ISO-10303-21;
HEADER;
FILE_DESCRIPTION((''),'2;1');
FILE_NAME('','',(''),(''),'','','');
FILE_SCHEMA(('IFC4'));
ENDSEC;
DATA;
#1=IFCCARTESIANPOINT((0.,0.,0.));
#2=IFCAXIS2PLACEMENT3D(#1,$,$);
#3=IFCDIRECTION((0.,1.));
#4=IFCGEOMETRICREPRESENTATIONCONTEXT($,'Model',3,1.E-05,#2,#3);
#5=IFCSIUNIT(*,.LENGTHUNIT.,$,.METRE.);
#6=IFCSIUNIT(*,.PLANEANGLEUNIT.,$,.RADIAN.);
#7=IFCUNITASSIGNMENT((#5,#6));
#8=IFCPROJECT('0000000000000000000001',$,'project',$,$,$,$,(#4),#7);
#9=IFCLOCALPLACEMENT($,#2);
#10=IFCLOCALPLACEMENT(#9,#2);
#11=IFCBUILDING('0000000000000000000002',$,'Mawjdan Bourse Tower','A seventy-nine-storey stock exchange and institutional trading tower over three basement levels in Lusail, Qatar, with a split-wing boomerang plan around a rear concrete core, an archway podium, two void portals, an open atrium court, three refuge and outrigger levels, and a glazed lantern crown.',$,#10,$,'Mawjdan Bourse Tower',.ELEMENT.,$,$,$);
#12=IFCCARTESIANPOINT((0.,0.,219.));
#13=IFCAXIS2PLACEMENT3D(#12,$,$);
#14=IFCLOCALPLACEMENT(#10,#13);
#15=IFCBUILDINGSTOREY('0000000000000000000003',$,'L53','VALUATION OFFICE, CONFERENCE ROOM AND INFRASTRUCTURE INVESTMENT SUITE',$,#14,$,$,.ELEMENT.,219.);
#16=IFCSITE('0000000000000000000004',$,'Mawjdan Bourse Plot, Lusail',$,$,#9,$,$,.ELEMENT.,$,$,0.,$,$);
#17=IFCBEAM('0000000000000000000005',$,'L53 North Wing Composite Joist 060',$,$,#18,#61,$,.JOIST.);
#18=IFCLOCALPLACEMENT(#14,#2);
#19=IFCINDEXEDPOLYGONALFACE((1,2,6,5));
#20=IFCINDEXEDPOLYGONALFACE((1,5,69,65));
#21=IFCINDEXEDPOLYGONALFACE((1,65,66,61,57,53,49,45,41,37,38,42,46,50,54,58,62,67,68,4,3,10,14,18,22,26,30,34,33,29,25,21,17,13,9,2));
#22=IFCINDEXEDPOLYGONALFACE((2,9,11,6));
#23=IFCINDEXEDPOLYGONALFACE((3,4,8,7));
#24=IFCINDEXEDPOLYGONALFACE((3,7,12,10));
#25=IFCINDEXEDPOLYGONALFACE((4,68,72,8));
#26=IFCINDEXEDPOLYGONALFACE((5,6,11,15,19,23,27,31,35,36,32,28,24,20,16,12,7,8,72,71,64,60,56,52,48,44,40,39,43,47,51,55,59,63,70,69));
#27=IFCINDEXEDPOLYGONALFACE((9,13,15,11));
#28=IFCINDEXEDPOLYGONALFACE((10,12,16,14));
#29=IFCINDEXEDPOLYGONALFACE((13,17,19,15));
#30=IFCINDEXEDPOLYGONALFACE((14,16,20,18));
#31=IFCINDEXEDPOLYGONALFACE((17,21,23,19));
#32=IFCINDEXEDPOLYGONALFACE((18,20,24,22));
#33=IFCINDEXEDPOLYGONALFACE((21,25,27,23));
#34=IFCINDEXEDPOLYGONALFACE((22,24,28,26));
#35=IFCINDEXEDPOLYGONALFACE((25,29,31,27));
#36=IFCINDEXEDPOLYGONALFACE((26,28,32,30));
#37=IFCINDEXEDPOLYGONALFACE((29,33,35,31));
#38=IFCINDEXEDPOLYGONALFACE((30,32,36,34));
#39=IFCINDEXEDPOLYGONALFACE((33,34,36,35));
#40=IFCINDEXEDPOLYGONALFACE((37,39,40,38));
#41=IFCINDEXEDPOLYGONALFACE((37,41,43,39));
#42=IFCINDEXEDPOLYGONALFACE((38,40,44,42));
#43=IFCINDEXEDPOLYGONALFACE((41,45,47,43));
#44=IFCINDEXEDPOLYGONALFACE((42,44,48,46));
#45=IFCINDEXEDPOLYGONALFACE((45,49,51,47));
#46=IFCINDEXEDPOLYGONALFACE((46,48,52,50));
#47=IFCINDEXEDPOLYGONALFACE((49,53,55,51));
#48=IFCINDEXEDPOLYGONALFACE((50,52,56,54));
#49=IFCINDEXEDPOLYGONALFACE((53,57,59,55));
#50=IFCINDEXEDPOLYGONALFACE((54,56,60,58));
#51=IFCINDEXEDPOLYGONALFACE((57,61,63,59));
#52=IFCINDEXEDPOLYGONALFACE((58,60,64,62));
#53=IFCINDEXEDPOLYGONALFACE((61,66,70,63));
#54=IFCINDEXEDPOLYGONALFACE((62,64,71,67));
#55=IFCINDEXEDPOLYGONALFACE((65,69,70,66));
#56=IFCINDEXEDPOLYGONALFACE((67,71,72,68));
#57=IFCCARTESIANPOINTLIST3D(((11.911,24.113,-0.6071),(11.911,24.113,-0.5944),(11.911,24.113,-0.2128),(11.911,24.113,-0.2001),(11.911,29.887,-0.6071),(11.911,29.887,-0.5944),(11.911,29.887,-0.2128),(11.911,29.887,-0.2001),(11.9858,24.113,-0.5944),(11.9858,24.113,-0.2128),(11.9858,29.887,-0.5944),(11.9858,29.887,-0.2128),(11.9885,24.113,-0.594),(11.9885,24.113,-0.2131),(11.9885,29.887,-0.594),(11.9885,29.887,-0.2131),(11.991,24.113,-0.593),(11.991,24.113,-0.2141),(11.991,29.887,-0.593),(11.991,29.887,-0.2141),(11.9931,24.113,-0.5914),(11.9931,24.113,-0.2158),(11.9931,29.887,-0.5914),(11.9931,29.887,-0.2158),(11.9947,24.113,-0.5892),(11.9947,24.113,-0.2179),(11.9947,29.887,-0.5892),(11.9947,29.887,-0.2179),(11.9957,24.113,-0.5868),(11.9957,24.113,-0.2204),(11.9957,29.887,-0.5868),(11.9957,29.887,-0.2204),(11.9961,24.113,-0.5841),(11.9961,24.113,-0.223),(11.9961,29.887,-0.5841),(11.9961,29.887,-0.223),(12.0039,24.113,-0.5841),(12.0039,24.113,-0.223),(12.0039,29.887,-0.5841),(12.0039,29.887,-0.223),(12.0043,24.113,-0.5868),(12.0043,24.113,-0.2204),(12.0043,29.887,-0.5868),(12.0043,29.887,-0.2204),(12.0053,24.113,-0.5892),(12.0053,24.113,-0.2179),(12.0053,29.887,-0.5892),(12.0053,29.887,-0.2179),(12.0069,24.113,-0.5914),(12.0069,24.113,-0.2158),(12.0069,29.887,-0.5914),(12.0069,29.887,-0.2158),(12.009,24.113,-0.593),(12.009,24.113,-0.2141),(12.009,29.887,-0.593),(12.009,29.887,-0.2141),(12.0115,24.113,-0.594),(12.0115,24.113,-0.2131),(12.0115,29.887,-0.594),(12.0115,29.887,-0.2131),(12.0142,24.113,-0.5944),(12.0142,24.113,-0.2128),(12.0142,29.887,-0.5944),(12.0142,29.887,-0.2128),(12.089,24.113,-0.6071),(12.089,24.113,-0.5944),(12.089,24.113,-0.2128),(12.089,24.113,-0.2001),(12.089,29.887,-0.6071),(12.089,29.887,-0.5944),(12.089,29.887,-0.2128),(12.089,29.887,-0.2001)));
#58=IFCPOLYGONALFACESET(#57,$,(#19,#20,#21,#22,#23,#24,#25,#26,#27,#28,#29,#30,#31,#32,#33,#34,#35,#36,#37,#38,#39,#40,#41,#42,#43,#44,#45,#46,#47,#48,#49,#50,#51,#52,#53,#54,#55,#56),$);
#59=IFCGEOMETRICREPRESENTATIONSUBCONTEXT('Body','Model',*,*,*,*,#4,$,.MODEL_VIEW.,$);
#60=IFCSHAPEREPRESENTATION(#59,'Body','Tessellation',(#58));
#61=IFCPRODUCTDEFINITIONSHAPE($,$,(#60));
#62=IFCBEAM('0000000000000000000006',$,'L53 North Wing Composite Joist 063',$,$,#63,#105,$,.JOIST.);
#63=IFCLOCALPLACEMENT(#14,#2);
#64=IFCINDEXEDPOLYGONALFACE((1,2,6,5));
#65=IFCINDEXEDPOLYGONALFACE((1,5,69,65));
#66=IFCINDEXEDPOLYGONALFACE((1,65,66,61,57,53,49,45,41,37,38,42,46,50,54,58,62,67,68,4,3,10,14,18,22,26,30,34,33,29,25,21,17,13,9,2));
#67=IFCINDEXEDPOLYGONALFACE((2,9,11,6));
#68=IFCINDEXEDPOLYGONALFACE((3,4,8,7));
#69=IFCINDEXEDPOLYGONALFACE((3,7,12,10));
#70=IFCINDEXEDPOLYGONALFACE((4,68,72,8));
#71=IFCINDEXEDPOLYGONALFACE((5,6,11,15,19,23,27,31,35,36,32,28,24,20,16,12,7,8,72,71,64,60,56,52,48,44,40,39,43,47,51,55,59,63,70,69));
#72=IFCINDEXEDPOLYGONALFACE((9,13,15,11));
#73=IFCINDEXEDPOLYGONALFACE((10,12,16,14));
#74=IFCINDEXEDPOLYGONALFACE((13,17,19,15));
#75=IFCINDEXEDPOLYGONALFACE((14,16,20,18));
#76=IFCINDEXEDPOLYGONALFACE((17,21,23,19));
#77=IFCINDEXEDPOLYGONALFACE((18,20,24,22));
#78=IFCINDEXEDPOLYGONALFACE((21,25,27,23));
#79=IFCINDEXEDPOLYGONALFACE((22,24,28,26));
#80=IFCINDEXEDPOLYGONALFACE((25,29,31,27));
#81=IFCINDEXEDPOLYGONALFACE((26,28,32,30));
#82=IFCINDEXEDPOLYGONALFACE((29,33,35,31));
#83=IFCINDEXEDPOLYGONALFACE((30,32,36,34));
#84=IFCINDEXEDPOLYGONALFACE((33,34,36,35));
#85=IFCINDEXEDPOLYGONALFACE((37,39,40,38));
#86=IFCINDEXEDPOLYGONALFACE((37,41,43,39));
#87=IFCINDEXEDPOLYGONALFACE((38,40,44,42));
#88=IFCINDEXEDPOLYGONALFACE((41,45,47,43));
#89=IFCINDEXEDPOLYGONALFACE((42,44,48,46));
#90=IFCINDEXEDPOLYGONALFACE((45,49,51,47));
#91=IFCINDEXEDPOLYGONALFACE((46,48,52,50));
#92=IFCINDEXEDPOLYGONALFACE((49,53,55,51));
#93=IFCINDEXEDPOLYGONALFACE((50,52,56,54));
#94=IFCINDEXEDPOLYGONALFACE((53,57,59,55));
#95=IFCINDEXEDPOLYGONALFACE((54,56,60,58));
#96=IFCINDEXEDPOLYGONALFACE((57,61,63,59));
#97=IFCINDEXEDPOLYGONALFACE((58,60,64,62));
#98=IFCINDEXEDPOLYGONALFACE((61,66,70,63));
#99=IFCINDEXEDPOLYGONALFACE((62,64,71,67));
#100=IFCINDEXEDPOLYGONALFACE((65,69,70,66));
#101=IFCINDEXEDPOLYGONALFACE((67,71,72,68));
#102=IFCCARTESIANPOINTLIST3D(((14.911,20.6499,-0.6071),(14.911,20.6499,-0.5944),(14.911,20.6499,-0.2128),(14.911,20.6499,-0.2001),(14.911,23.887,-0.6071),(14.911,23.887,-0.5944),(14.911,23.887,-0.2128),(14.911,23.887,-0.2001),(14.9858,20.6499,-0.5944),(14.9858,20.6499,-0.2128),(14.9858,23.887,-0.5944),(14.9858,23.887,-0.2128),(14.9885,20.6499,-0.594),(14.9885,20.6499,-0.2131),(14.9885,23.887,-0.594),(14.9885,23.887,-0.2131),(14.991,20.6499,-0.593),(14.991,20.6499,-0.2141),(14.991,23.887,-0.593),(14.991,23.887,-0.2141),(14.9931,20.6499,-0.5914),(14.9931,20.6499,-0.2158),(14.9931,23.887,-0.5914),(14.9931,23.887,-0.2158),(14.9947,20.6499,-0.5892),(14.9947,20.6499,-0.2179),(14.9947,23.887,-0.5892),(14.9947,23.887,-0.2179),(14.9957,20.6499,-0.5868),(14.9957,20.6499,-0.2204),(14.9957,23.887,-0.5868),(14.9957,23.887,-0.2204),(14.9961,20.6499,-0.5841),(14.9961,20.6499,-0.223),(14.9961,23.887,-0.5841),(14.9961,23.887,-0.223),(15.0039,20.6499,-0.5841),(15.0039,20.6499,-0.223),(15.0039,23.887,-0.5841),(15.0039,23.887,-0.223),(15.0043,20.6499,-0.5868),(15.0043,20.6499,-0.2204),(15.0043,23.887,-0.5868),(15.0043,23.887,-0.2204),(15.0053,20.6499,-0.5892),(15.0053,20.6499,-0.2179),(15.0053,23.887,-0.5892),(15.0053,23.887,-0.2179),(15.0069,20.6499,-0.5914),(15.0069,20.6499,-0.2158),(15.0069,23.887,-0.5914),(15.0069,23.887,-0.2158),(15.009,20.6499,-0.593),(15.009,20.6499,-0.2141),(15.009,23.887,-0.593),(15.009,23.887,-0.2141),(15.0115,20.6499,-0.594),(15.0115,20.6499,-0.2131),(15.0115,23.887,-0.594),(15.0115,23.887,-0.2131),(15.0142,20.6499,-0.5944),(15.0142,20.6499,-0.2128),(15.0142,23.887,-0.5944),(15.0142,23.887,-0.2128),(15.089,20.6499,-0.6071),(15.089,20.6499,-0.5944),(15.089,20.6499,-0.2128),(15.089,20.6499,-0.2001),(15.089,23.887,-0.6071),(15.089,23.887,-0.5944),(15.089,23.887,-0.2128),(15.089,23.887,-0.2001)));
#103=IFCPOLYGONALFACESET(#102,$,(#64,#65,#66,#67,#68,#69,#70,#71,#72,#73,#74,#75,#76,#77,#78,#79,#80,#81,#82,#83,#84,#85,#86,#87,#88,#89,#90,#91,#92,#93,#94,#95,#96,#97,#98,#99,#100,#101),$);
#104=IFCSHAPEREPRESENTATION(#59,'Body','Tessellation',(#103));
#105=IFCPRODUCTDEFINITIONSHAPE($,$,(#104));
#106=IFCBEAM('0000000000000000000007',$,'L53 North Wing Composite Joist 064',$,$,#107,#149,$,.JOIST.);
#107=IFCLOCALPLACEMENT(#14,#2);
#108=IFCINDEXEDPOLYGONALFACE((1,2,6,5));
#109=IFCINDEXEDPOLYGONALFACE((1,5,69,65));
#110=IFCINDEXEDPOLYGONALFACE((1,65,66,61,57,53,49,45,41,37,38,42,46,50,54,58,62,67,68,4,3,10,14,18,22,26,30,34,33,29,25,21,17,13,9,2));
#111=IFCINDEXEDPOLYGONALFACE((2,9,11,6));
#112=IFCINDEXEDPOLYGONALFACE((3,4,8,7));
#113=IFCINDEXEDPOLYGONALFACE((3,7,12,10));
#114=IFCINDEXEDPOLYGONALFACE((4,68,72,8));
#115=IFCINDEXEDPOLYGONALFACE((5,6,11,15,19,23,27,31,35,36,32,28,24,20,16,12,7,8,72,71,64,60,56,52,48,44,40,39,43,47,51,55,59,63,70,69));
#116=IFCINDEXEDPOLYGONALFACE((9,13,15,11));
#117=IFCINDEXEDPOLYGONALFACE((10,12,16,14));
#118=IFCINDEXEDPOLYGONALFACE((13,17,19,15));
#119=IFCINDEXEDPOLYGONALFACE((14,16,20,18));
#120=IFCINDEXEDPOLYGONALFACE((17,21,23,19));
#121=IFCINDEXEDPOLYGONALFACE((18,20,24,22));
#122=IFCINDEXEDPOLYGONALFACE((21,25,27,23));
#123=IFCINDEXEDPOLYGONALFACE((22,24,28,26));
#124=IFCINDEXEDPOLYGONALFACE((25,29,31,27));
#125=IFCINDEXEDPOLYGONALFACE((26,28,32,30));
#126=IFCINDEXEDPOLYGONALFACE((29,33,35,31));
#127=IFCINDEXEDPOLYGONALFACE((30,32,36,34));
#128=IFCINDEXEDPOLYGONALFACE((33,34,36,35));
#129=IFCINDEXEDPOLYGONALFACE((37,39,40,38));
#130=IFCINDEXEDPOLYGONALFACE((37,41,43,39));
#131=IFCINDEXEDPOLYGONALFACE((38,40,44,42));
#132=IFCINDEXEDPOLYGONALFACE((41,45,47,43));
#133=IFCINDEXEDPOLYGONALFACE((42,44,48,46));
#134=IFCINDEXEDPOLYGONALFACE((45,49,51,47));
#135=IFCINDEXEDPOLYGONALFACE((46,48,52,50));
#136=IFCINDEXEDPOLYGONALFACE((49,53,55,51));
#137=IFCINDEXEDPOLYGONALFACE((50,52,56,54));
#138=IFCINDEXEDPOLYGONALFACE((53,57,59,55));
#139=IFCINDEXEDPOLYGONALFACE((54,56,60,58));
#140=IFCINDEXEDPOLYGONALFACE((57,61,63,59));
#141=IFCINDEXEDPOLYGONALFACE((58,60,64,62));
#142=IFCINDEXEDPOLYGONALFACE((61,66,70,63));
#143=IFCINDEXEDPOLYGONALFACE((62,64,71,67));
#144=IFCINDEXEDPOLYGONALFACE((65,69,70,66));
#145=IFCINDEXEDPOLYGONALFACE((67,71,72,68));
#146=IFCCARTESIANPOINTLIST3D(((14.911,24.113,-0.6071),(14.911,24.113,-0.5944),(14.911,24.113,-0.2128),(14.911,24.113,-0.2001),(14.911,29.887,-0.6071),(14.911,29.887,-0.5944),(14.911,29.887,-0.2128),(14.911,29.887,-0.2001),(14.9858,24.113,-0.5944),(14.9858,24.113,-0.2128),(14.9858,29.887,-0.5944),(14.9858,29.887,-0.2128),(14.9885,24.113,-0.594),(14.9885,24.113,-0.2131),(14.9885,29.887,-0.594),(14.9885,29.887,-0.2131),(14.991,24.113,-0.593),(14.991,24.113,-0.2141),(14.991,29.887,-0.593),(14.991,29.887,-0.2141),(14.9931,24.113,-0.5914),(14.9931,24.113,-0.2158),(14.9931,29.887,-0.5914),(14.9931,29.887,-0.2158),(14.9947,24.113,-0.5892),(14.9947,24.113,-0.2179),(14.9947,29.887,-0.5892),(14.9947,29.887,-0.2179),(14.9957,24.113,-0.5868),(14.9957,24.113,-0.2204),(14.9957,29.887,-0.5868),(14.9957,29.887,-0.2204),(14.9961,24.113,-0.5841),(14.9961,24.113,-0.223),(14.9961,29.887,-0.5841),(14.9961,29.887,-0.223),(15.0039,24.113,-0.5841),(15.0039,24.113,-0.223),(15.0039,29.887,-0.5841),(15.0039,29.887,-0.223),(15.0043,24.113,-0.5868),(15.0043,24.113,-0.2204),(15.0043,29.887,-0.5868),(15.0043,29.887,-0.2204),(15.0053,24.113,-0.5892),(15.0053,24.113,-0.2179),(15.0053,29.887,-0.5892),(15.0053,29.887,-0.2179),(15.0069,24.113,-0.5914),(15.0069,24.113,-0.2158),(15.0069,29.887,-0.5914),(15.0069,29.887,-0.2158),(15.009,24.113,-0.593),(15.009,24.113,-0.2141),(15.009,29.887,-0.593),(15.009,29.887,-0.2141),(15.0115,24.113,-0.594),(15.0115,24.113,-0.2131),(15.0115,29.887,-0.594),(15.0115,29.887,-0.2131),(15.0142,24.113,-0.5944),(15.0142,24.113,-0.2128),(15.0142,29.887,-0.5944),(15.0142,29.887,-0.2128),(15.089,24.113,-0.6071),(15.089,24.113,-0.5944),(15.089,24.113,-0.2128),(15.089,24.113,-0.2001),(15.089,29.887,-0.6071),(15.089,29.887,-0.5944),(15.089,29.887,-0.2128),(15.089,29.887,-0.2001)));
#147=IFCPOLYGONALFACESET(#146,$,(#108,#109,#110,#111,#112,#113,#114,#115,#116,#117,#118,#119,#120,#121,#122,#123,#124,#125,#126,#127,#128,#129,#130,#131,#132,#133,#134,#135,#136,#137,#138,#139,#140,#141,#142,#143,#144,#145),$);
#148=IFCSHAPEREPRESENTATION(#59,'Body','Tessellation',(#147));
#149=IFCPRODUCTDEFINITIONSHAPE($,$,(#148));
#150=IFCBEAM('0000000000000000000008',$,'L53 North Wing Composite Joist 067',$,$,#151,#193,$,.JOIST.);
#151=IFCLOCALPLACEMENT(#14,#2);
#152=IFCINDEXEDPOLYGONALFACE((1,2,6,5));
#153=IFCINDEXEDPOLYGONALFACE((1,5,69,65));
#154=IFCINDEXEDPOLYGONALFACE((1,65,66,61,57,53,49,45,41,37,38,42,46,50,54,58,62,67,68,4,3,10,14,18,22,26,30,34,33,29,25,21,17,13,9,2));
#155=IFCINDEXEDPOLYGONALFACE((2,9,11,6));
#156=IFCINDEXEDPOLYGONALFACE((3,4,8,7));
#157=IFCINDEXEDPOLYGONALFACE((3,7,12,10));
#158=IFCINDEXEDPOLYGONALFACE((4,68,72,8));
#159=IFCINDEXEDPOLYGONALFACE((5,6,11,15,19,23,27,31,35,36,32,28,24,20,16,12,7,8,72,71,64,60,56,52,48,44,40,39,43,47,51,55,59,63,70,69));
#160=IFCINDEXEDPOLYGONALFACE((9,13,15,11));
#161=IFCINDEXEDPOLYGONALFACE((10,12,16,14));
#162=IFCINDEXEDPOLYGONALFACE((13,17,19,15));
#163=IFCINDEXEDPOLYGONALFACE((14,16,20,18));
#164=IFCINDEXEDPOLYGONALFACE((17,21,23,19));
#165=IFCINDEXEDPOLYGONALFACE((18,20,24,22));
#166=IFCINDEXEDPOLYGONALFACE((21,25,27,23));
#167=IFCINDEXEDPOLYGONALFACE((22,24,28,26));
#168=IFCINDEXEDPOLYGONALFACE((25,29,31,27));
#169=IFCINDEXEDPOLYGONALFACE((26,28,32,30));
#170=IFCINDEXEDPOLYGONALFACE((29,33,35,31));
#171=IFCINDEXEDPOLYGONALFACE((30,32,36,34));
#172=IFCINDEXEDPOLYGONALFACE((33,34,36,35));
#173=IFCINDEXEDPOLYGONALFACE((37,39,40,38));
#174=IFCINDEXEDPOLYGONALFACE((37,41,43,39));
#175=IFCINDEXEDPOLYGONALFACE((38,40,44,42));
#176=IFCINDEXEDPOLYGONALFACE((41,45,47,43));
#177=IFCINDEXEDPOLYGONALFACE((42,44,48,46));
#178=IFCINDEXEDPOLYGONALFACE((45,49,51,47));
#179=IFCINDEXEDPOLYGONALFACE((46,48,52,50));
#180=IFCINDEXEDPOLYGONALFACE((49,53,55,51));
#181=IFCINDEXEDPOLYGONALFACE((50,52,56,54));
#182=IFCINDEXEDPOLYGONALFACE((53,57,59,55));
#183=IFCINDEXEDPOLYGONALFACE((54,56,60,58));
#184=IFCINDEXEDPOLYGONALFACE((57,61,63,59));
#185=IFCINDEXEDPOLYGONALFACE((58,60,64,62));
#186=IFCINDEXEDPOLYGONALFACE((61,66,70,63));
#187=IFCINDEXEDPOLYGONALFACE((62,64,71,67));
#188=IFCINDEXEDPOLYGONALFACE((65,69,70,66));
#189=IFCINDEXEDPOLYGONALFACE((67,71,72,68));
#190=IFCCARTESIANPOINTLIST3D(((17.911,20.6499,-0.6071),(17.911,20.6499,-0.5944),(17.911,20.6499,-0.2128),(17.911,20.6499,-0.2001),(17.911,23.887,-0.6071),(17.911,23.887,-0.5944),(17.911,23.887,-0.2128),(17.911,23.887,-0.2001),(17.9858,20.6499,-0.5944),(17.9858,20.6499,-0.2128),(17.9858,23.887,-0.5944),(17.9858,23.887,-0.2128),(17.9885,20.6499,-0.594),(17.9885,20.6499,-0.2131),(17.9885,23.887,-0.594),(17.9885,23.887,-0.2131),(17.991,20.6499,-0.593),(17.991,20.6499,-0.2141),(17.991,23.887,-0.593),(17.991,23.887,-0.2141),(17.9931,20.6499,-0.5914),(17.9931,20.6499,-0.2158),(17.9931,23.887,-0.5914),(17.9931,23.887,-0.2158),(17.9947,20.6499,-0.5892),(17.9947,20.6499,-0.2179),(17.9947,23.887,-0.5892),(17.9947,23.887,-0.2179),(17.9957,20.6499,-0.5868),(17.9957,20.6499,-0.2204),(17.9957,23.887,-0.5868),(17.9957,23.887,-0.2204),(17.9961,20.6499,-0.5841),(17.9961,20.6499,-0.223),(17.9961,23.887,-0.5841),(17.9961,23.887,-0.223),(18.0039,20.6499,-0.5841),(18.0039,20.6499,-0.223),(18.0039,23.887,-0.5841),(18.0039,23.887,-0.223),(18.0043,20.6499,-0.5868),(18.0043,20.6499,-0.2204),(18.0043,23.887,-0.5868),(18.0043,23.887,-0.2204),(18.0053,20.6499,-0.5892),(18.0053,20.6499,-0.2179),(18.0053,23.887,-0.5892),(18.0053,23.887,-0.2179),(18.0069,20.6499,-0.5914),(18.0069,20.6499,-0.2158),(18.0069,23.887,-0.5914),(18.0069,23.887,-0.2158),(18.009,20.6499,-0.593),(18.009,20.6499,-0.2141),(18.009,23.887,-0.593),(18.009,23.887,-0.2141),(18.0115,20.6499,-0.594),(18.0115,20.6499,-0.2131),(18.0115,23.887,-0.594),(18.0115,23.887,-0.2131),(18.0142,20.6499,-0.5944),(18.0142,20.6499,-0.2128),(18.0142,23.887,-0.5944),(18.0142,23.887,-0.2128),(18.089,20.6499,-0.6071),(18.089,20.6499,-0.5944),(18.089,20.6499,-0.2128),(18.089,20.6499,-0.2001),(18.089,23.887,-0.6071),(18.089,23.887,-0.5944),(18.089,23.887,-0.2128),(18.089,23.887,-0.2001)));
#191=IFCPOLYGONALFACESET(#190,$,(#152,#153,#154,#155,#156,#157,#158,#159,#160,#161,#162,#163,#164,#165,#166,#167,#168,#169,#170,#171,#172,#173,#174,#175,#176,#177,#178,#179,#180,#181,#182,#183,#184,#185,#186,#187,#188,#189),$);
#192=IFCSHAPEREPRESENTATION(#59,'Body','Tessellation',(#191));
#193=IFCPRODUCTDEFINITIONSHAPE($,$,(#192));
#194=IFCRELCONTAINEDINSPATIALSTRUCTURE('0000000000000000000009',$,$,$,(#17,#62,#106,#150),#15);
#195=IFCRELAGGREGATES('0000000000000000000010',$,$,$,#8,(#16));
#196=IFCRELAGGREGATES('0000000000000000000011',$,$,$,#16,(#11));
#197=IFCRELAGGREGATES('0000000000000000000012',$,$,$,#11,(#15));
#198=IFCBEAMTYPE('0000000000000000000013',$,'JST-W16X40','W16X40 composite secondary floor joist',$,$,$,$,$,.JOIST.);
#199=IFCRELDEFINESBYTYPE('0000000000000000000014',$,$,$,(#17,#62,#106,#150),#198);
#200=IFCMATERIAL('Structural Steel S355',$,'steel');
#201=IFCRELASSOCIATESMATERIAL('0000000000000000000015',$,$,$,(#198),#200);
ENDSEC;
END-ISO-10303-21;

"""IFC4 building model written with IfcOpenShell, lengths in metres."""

from ifc_helpers import new_model, si_unit, direction, frame, origin, origin_2d, place, context, subcontext, project, spatial, i_section, extrude, material, material_profile, profile_set, type_object, element, save


model = new_model("IFC4")

# Units and contexts
model_context = context("Model", 3, precision=1e-05, world=origin(), true_north=direction((0.0, 1.0)))
body_context = subcontext(model_context, "Body", "Model", "MODEL_VIEW")
ifc_project = project(units=[si_unit("LENGTHUNIT", "METRE"), si_unit("PLANEANGLEUNIT", "RADIAN")], contexts=[model_context])

# Site, building, storey
site_placement = place(None, origin())
site = spatial("IfcSite", under=ifc_project, at=site_placement, Name="Mawjdan Bourse Plot, Lusail", CompositionType="ELEMENT", RefElevation=0.0)
building_placement = place(site_placement, origin())
building = spatial("IfcBuilding", under=site, at=building_placement, Name="Mawjdan Bourse Tower", Description="A seventy-nine-storey stock exchange and institutional trading tower over three basement levels in Lusail, Qatar, with a split-wing boomerang plan around a rear concrete core, an archway podium, two void portals, an open atrium court, three refuge and outrigger levels, and a glazed lantern crown.", LongName="Mawjdan Bourse Tower", CompositionType="ELEMENT")
storey_placement = place(building_placement, frame((0.0, 0.0, 219.0)))
storey = spatial("IfcBuildingStorey", under=building, at=storey_placement, Name="L53", Description="VALUATION OFFICE, CONFERENCE ROOM AND INFRASTRUCTURE INVESTMENT SUITE", CompositionType="ELEMENT", Elevation=219.0)

# Beams
ifc_material_1 = material(Name="Structural Steel S355", Category="steel")
ifc_material_profile_1 = material_profile(ifc_material_1, i_section(OverallWidth=0.178, OverallDepth=0.407, WebThickness=0.0078, FlangeThickness=0.0127, FilletRadius=0.0103, at=origin_2d()), Name="W16X40")
ifc_profile_set_1 = profile_set([ifc_material_profile_1], Name="Structural Steel S355")
beam_type_1 = type_object("IfcBeamType", Name="JST-W16X40", Description="W16X40 composite secondary floor joist", PredefinedType="JOIST", material=ifc_profile_set_1)
beam_1_placement = place(storey_placement, frame((12.0, 24.113, -0.4036), z_axis=(0.0, 1.0, 0.0), x_axis=(-1.0, 0.0, 0.0)))
element("IfcBeam", 1, at=beam_1_placement, inside=storey, type_object=beam_type_1, Name="L53 North Wing Composite Joist 060", PredefinedType="JOIST", context=body_context, shape_type="SweptSolid", body=[
    extrude(i_section(OverallWidth=0.178, OverallDepth=0.407, WebThickness=0.0078, FlangeThickness=0.0127, FilletRadius=0.0103, at=origin_2d()), origin(), (0.0, 0.0, 1.0), 5.7739),
])
beam_2_placement = place(storey_placement, frame((15.0, 20.6499, -0.4036), z_axis=(0.0, 1.0, 0.0), x_axis=(-1.0, 0.0, 0.0)))
element("IfcBeam", 2, at=beam_2_placement, inside=storey, type_object=beam_type_1, Name="L53 North Wing Composite Joist 063", PredefinedType="JOIST", context=body_context, shape_type="SweptSolid", body=[
    extrude(i_section(OverallWidth=0.178, OverallDepth=0.407, WebThickness=0.0078, FlangeThickness=0.0127, FilletRadius=0.0103, at=origin_2d()), origin(), (0.0, 0.0, 1.0), 3.2371),
])
beam_3_placement = place(storey_placement, frame((15.0, 24.113, -0.4036), z_axis=(0.0, 1.0, 0.0), x_axis=(-1.0, 0.0, 0.0)))
element("IfcBeam", 3, at=beam_3_placement, inside=storey, type_object=beam_type_1, Name="L53 North Wing Composite Joist 064", PredefinedType="JOIST", context=body_context, shape_type="SweptSolid", body=[
    extrude(i_section(OverallWidth=0.178, OverallDepth=0.407, WebThickness=0.0078, FlangeThickness=0.0127, FilletRadius=0.0103, at=origin_2d()), origin(), (0.0, 0.0, 1.0), 5.7739),
])
beam_4_placement = place(storey_placement, frame((18.0, 20.6499, -0.4036), z_axis=(0.0, 1.0, 0.0), x_axis=(-1.0, 0.0, 0.0)))
element("IfcBeam", 4, at=beam_4_placement, inside=storey, type_object=beam_type_1, Name="L53 North Wing Composite Joist 067", PredefinedType="JOIST", context=body_context, shape_type="SweptSolid", body=[
    extrude(i_section(OverallWidth=0.178, OverallDepth=0.407, WebThickness=0.0078, FlangeThickness=0.0127, FilletRadius=0.0103, at=origin_2d()), origin(), (0.0, 0.0, 1.0), 3.2371),
])

save(model, "model.ifc")
